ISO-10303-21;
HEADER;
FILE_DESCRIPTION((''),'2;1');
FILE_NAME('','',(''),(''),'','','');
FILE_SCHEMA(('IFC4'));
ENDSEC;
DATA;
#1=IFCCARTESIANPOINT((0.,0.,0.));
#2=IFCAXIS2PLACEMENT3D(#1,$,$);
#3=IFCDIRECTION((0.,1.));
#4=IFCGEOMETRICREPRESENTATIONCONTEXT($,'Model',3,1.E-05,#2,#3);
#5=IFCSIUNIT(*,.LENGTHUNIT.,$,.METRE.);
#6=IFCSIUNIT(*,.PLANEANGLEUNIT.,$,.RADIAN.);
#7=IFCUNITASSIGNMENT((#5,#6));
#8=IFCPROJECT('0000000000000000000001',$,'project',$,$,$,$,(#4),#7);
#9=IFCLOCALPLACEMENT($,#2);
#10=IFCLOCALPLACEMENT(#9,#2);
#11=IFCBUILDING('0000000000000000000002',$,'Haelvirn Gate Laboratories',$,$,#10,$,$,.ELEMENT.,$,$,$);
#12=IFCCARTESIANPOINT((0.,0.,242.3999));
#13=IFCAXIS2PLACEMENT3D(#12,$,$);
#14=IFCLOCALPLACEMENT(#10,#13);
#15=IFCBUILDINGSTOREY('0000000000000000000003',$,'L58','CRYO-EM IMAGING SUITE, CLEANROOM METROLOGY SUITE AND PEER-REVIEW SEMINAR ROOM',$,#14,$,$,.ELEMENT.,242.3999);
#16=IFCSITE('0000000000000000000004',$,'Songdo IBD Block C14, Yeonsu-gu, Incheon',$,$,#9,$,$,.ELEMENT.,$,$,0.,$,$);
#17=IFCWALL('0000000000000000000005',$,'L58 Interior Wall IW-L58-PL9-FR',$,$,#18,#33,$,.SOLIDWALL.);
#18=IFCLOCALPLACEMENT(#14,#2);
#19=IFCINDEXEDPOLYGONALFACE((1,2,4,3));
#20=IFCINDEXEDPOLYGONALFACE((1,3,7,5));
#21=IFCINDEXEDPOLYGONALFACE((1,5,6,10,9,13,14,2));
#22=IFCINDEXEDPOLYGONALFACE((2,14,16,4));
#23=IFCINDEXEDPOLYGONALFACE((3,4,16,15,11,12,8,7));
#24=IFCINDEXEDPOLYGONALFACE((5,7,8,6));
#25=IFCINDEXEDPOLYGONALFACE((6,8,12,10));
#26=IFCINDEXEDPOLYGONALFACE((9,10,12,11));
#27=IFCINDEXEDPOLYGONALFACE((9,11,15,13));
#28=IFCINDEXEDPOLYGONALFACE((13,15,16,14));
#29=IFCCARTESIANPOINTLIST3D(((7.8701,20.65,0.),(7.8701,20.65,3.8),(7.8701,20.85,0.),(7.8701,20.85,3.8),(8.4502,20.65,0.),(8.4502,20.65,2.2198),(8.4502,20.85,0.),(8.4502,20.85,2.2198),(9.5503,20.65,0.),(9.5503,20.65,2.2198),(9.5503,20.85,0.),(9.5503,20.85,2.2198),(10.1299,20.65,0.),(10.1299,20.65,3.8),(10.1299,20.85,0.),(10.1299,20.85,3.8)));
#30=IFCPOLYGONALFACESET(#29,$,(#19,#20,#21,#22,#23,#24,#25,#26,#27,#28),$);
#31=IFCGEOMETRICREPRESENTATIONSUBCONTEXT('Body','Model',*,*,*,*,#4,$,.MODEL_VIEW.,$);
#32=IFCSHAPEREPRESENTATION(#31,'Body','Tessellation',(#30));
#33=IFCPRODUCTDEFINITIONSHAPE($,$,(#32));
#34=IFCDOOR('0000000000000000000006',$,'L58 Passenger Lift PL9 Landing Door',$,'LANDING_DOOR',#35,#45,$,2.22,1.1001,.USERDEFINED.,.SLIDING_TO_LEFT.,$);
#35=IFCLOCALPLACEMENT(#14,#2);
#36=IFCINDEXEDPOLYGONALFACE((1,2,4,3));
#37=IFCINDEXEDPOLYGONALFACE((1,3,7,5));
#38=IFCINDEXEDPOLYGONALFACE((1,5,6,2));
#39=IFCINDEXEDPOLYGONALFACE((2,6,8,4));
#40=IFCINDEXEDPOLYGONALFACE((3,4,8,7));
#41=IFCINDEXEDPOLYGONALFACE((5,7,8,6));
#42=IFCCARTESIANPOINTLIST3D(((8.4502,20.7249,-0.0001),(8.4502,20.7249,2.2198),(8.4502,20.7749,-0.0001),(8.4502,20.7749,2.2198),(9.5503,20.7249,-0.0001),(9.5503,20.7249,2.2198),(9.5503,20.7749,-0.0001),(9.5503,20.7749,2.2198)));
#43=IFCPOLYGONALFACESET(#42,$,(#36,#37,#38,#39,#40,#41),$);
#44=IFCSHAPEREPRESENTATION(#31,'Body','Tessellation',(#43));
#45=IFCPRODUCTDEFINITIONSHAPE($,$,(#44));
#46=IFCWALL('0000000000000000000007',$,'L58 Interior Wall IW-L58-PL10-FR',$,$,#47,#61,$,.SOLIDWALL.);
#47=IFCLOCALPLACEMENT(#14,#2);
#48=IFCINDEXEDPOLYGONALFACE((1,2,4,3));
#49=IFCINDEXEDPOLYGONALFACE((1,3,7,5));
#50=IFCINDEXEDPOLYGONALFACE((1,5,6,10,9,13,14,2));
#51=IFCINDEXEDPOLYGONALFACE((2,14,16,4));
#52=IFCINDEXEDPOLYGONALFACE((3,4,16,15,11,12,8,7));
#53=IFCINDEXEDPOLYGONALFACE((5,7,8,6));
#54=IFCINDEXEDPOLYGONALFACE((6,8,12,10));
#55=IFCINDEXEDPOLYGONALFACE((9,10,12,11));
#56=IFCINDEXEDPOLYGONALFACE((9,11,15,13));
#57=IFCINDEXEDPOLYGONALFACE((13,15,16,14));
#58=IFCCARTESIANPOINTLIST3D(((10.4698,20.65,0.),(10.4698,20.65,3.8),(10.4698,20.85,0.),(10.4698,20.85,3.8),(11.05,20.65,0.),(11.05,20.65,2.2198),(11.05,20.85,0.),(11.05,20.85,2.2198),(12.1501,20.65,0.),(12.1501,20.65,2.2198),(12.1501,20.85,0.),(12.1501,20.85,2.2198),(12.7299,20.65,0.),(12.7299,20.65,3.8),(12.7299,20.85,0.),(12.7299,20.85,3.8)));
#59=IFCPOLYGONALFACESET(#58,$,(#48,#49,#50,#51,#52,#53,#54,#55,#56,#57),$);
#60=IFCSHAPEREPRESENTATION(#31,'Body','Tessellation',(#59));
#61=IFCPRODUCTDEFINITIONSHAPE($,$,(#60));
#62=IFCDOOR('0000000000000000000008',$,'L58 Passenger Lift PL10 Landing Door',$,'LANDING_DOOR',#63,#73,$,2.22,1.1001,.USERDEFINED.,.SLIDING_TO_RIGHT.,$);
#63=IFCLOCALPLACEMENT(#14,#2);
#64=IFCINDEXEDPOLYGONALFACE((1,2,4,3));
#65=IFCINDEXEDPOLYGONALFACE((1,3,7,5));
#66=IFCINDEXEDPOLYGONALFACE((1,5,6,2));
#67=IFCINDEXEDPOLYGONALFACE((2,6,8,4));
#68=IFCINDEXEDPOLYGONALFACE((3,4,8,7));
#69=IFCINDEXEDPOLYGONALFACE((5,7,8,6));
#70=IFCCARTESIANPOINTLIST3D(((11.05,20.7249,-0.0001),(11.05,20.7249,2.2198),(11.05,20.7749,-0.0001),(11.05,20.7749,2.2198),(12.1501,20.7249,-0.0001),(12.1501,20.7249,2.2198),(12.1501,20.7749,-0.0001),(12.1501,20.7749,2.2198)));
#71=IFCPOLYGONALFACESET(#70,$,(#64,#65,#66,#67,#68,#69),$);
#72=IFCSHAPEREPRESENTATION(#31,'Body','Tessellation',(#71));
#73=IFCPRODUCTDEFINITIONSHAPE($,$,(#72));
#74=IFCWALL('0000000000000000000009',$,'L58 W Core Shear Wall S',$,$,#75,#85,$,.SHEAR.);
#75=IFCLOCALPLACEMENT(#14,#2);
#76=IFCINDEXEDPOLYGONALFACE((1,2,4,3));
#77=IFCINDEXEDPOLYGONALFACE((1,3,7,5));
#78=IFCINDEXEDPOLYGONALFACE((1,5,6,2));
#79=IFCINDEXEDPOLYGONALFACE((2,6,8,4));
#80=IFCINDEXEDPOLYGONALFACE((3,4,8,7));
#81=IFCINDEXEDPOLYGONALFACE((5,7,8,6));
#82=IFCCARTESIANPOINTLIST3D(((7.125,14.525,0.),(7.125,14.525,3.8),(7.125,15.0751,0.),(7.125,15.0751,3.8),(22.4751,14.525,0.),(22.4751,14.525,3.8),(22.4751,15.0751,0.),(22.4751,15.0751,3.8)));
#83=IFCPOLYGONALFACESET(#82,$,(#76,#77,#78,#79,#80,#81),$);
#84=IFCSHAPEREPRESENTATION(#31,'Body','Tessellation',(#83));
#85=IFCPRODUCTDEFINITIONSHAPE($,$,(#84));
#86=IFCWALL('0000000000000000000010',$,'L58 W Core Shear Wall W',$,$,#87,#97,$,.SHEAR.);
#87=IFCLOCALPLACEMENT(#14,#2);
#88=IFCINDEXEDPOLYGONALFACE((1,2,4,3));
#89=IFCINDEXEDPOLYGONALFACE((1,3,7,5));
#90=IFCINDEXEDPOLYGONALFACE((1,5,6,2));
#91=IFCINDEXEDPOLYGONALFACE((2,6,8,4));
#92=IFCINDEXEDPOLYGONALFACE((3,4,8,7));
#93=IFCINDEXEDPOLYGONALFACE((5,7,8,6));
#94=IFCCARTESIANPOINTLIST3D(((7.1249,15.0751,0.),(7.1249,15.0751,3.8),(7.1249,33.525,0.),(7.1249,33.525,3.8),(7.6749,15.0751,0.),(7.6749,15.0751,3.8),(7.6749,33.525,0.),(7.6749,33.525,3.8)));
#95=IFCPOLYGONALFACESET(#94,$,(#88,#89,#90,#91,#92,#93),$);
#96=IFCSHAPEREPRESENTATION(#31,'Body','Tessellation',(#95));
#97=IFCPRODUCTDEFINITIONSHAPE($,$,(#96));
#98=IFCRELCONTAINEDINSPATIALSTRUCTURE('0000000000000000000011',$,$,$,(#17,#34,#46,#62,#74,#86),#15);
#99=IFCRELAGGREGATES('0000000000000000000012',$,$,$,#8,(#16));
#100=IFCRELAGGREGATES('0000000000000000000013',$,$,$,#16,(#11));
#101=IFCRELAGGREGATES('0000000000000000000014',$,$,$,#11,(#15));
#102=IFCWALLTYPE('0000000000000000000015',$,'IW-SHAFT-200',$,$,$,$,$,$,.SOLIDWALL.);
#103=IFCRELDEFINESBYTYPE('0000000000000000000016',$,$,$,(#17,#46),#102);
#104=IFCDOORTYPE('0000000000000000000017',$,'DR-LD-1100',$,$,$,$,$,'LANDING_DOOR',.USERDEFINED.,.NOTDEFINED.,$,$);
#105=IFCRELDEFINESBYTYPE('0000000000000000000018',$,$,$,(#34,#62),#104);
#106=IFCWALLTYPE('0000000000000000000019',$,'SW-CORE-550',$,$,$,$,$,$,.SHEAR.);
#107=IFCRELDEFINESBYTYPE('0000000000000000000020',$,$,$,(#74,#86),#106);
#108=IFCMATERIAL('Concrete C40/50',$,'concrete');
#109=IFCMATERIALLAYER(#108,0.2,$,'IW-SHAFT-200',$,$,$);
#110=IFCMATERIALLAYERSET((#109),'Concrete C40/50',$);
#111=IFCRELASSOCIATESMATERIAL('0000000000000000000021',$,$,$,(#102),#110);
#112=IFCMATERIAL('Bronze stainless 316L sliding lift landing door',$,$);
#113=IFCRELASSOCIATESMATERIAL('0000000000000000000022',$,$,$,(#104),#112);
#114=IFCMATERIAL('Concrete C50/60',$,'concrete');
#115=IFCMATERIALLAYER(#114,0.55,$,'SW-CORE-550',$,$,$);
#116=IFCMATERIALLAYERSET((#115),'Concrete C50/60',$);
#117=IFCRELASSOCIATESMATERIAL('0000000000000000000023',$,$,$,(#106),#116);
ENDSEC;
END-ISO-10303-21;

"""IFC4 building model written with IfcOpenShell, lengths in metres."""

from ifc_helpers import new_model, si_unit, direction, frame, frame_2d, origin, place, context, subcontext, project, spatial, rectangle, extrude, source, transform, mapped, material, layer, layer_set, type_object, type_shapes, element, fill, save


model = new_model("IFC4")

# Units and contexts
model_context = context("Model", 3, precision=1e-05, world=origin(), true_north=direction((0.0, 1.0)))
body_context = subcontext(model_context, "Body", "Model", "MODEL_VIEW")
ifc_project = project(units=[si_unit("LENGTHUNIT", "METRE"), si_unit("PLANEANGLEUNIT", "RADIAN")], contexts=[model_context])

# Site, building, storey
site_placement = place(None, origin())
site = spatial("IfcSite", under=ifc_project, at=site_placement, Name="Songdo IBD Block C14, Yeonsu-gu, Incheon", CompositionType="ELEMENT", RefElevation=0.0)
building_placement = place(site_placement, origin())
building = spatial("IfcBuilding", under=site, at=building_placement, Name="Haelvirn Gate Laboratories", CompositionType="ELEMENT")
storey_placement = place(building_placement, frame((0.0, 0.0, 242.3999)))
storey = spatial("IfcBuildingStorey", under=building, at=storey_placement, Name="L58", Description="CRYO-EM IMAGING SUITE, CLEANROOM METROLOGY SUITE AND PEER-REVIEW SEMINAR ROOM", CompositionType="ELEMENT", Elevation=242.3999)

# Shared definitions
ifc_material_1 = material(Name="Concrete C50/60", Category="concrete")

# Shared definitions
ifc_material_2 = material(Name="Concrete C40/50", Category="concrete")

# Walls, openings, doors
ifc_layer_1 = layer(ifc_material_2, 0.2, Name="IW-SHAFT-200")
ifc_layer_set_1 = layer_set([ifc_layer_1], Name="Concrete C40/50")
wall_type_1 = type_object("IfcWallType", Name="IW-SHAFT-200", PredefinedType="SOLIDWALL", material=ifc_layer_set_1)
wall_1_placement = place(storey_placement, frame((7.8701, 20.75, 0.0), z_axis=(0.0, 0.0, 1.0), x_axis=(1.0, 0.0, 0.0)))
wall_1 = element("IfcWall", 1, at=wall_1_placement, inside=storey, type_object=wall_type_1, Name="L58 Interior Wall IW-L58-PL9-FR", PredefinedType="SOLIDWALL", context=body_context, shape_type="SweptSolid", body=[
    extrude(rectangle(XDim=2.2598, YDim=0.2, at=frame_2d((1.1299, 0.0))), origin(), (0.0, 0.0, 1.0), 3.8),
])
opening_1_placement = place(wall_1_placement, frame((0.5801, 0.0, 0.0)))
opening_1 = element("IfcOpeningElement", 2, at=opening_1_placement, cuts=wall_1, PredefinedType="OPENING", context=body_context, shape_type="SweptSolid", body=[
    extrude(rectangle(XDim=1.1001, YDim=2.22, at=frame_2d((0.55, 1.1099))), frame((0.0, 0.1099, 0.0), z_axis=(0.0, -1.0, 0.0), x_axis=(1.0, 0.0, 0.0)), (0.0, 0.0, 1.0), 0.22),
])
ifc_material_3 = material(Name="Bronze stainless 316L sliding lift landing door")
door_type_1 = type_object("IfcDoorType", Name="DR-LD-1100", ElementType="LANDING_DOOR", OperationType="NOTDEFINED", PredefinedType="USERDEFINED", material=ifc_material_3)
shared_shape_1 = source(origin(), body_context, "Body", "SweptSolid", [
    extrude(rectangle(XDim=1.1001, YDim=2.22, at=frame_2d((0.55, 1.1099))), frame((0.0, 0.0249, 0.0), z_axis=(0.0, -1.0, 0.0), x_axis=(1.0, 0.0, 0.0)), (0.0, 0.0, 1.0), 0.05),
])
type_shapes(door_type_1, [shared_shape_1])
door_1_placement = place(opening_1_placement, origin())
door_1 = element("IfcDoor", 3, at=door_1_placement, inside=storey, type_object=door_type_1, Name="L58 Passenger Lift PL9 Landing Door", ObjectType="LANDING_DOOR", OperationType="SLIDING_TO_LEFT", OverallHeight=2.22, OverallWidth=1.1001, PredefinedType="USERDEFINED", context=body_context, shape_type="MappedRepresentation", body=[
    mapped(shared_shape_1, transform((0.0, 0.0, 0.0), scale=1.0)),
])
fill(opening_1, door_1)
wall_2_placement = place(storey_placement, frame((10.47, 20.75, 0.0), z_axis=(0.0, 0.0, 1.0), x_axis=(1.0, 0.0, 0.0)))
wall_2 = element("IfcWall", 4, at=wall_2_placement, inside=storey, type_object=wall_type_1, Name="L58 Interior Wall IW-L58-PL10-FR", PredefinedType="SOLIDWALL", context=body_context, shape_type="SweptSolid", body=[
    extrude(rectangle(XDim=2.26, YDim=0.2, at=frame_2d((1.1299, 0.0))), origin(), (0.0, 0.0, 1.0), 3.8),
])
opening_2_placement = place(wall_2_placement, frame((0.5801, 0.0, 0.0)))
opening_2 = element("IfcOpeningElement", 5, at=opening_2_placement, cuts=wall_2, PredefinedType="OPENING", context=body_context, shape_type="SweptSolid", body=[
    extrude(rectangle(XDim=1.1001, YDim=2.22, at=frame_2d((0.55, 1.1099))), frame((0.0, 0.1099, 0.0), z_axis=(0.0, -1.0, 0.0), x_axis=(1.0, 0.0, 0.0)), (0.0, 0.0, 1.0), 0.22),
])
door_2_placement = place(opening_2_placement, origin())
door_2 = element("IfcDoor", 6, at=door_2_placement, inside=storey, type_object=door_type_1, Name="L58 Passenger Lift PL10 Landing Door", ObjectType="LANDING_DOOR", OperationType="SLIDING_TO_RIGHT", OverallHeight=2.22, OverallWidth=1.1001, PredefinedType="USERDEFINED", context=body_context, shape_type="MappedRepresentation", body=[
    mapped(shared_shape_1, transform((0.0, 0.0, 0.0), scale=1.0)),
])
fill(opening_2, door_2)

# Walls
ifc_layer_2 = layer(ifc_material_1, 0.55, Name="SW-CORE-550")
ifc_layer_set_2 = layer_set([ifc_layer_2], Name="Concrete C50/60")
wall_type_2 = type_object("IfcWallType", Name="SW-CORE-550", PredefinedType="SHEAR", material=ifc_layer_set_2)
wall_3_placement = place(storey_placement, frame((7.125, 14.8, 0.0), z_axis=(0.0, 0.0, 1.0), x_axis=(1.0, 0.0, 0.0)))
element("IfcWall", 7, at=wall_3_placement, inside=storey, type_object=wall_type_2, Name="L58 W Core Shear Wall S", PredefinedType="SHEAR", context=body_context, shape_type="SweptSolid", body=[
    extrude(rectangle(XDim=15.3501, YDim=0.55, at=frame_2d((7.675, 0.0))), origin(), (0.0, 0.0, 1.0), 3.8),
])
wall_4_placement = place(storey_placement, frame((7.3999, 15.075, 0.0), z_axis=(0.0, 0.0, 1.0), x_axis=(0.0, 1.0, 0.0)))
element("IfcWall", 8, at=wall_4_placement, inside=storey, type_object=wall_type_2, Name="L58 W Core Shear Wall W", PredefinedType="SHEAR", context=body_context, shape_type="SweptSolid", body=[
    extrude(rectangle(XDim=18.45, YDim=0.55, at=frame_2d((9.2251, 0.0))), origin(), (0.0, 0.0, 1.0), 3.8),
])

save(model, "model.ifc")
